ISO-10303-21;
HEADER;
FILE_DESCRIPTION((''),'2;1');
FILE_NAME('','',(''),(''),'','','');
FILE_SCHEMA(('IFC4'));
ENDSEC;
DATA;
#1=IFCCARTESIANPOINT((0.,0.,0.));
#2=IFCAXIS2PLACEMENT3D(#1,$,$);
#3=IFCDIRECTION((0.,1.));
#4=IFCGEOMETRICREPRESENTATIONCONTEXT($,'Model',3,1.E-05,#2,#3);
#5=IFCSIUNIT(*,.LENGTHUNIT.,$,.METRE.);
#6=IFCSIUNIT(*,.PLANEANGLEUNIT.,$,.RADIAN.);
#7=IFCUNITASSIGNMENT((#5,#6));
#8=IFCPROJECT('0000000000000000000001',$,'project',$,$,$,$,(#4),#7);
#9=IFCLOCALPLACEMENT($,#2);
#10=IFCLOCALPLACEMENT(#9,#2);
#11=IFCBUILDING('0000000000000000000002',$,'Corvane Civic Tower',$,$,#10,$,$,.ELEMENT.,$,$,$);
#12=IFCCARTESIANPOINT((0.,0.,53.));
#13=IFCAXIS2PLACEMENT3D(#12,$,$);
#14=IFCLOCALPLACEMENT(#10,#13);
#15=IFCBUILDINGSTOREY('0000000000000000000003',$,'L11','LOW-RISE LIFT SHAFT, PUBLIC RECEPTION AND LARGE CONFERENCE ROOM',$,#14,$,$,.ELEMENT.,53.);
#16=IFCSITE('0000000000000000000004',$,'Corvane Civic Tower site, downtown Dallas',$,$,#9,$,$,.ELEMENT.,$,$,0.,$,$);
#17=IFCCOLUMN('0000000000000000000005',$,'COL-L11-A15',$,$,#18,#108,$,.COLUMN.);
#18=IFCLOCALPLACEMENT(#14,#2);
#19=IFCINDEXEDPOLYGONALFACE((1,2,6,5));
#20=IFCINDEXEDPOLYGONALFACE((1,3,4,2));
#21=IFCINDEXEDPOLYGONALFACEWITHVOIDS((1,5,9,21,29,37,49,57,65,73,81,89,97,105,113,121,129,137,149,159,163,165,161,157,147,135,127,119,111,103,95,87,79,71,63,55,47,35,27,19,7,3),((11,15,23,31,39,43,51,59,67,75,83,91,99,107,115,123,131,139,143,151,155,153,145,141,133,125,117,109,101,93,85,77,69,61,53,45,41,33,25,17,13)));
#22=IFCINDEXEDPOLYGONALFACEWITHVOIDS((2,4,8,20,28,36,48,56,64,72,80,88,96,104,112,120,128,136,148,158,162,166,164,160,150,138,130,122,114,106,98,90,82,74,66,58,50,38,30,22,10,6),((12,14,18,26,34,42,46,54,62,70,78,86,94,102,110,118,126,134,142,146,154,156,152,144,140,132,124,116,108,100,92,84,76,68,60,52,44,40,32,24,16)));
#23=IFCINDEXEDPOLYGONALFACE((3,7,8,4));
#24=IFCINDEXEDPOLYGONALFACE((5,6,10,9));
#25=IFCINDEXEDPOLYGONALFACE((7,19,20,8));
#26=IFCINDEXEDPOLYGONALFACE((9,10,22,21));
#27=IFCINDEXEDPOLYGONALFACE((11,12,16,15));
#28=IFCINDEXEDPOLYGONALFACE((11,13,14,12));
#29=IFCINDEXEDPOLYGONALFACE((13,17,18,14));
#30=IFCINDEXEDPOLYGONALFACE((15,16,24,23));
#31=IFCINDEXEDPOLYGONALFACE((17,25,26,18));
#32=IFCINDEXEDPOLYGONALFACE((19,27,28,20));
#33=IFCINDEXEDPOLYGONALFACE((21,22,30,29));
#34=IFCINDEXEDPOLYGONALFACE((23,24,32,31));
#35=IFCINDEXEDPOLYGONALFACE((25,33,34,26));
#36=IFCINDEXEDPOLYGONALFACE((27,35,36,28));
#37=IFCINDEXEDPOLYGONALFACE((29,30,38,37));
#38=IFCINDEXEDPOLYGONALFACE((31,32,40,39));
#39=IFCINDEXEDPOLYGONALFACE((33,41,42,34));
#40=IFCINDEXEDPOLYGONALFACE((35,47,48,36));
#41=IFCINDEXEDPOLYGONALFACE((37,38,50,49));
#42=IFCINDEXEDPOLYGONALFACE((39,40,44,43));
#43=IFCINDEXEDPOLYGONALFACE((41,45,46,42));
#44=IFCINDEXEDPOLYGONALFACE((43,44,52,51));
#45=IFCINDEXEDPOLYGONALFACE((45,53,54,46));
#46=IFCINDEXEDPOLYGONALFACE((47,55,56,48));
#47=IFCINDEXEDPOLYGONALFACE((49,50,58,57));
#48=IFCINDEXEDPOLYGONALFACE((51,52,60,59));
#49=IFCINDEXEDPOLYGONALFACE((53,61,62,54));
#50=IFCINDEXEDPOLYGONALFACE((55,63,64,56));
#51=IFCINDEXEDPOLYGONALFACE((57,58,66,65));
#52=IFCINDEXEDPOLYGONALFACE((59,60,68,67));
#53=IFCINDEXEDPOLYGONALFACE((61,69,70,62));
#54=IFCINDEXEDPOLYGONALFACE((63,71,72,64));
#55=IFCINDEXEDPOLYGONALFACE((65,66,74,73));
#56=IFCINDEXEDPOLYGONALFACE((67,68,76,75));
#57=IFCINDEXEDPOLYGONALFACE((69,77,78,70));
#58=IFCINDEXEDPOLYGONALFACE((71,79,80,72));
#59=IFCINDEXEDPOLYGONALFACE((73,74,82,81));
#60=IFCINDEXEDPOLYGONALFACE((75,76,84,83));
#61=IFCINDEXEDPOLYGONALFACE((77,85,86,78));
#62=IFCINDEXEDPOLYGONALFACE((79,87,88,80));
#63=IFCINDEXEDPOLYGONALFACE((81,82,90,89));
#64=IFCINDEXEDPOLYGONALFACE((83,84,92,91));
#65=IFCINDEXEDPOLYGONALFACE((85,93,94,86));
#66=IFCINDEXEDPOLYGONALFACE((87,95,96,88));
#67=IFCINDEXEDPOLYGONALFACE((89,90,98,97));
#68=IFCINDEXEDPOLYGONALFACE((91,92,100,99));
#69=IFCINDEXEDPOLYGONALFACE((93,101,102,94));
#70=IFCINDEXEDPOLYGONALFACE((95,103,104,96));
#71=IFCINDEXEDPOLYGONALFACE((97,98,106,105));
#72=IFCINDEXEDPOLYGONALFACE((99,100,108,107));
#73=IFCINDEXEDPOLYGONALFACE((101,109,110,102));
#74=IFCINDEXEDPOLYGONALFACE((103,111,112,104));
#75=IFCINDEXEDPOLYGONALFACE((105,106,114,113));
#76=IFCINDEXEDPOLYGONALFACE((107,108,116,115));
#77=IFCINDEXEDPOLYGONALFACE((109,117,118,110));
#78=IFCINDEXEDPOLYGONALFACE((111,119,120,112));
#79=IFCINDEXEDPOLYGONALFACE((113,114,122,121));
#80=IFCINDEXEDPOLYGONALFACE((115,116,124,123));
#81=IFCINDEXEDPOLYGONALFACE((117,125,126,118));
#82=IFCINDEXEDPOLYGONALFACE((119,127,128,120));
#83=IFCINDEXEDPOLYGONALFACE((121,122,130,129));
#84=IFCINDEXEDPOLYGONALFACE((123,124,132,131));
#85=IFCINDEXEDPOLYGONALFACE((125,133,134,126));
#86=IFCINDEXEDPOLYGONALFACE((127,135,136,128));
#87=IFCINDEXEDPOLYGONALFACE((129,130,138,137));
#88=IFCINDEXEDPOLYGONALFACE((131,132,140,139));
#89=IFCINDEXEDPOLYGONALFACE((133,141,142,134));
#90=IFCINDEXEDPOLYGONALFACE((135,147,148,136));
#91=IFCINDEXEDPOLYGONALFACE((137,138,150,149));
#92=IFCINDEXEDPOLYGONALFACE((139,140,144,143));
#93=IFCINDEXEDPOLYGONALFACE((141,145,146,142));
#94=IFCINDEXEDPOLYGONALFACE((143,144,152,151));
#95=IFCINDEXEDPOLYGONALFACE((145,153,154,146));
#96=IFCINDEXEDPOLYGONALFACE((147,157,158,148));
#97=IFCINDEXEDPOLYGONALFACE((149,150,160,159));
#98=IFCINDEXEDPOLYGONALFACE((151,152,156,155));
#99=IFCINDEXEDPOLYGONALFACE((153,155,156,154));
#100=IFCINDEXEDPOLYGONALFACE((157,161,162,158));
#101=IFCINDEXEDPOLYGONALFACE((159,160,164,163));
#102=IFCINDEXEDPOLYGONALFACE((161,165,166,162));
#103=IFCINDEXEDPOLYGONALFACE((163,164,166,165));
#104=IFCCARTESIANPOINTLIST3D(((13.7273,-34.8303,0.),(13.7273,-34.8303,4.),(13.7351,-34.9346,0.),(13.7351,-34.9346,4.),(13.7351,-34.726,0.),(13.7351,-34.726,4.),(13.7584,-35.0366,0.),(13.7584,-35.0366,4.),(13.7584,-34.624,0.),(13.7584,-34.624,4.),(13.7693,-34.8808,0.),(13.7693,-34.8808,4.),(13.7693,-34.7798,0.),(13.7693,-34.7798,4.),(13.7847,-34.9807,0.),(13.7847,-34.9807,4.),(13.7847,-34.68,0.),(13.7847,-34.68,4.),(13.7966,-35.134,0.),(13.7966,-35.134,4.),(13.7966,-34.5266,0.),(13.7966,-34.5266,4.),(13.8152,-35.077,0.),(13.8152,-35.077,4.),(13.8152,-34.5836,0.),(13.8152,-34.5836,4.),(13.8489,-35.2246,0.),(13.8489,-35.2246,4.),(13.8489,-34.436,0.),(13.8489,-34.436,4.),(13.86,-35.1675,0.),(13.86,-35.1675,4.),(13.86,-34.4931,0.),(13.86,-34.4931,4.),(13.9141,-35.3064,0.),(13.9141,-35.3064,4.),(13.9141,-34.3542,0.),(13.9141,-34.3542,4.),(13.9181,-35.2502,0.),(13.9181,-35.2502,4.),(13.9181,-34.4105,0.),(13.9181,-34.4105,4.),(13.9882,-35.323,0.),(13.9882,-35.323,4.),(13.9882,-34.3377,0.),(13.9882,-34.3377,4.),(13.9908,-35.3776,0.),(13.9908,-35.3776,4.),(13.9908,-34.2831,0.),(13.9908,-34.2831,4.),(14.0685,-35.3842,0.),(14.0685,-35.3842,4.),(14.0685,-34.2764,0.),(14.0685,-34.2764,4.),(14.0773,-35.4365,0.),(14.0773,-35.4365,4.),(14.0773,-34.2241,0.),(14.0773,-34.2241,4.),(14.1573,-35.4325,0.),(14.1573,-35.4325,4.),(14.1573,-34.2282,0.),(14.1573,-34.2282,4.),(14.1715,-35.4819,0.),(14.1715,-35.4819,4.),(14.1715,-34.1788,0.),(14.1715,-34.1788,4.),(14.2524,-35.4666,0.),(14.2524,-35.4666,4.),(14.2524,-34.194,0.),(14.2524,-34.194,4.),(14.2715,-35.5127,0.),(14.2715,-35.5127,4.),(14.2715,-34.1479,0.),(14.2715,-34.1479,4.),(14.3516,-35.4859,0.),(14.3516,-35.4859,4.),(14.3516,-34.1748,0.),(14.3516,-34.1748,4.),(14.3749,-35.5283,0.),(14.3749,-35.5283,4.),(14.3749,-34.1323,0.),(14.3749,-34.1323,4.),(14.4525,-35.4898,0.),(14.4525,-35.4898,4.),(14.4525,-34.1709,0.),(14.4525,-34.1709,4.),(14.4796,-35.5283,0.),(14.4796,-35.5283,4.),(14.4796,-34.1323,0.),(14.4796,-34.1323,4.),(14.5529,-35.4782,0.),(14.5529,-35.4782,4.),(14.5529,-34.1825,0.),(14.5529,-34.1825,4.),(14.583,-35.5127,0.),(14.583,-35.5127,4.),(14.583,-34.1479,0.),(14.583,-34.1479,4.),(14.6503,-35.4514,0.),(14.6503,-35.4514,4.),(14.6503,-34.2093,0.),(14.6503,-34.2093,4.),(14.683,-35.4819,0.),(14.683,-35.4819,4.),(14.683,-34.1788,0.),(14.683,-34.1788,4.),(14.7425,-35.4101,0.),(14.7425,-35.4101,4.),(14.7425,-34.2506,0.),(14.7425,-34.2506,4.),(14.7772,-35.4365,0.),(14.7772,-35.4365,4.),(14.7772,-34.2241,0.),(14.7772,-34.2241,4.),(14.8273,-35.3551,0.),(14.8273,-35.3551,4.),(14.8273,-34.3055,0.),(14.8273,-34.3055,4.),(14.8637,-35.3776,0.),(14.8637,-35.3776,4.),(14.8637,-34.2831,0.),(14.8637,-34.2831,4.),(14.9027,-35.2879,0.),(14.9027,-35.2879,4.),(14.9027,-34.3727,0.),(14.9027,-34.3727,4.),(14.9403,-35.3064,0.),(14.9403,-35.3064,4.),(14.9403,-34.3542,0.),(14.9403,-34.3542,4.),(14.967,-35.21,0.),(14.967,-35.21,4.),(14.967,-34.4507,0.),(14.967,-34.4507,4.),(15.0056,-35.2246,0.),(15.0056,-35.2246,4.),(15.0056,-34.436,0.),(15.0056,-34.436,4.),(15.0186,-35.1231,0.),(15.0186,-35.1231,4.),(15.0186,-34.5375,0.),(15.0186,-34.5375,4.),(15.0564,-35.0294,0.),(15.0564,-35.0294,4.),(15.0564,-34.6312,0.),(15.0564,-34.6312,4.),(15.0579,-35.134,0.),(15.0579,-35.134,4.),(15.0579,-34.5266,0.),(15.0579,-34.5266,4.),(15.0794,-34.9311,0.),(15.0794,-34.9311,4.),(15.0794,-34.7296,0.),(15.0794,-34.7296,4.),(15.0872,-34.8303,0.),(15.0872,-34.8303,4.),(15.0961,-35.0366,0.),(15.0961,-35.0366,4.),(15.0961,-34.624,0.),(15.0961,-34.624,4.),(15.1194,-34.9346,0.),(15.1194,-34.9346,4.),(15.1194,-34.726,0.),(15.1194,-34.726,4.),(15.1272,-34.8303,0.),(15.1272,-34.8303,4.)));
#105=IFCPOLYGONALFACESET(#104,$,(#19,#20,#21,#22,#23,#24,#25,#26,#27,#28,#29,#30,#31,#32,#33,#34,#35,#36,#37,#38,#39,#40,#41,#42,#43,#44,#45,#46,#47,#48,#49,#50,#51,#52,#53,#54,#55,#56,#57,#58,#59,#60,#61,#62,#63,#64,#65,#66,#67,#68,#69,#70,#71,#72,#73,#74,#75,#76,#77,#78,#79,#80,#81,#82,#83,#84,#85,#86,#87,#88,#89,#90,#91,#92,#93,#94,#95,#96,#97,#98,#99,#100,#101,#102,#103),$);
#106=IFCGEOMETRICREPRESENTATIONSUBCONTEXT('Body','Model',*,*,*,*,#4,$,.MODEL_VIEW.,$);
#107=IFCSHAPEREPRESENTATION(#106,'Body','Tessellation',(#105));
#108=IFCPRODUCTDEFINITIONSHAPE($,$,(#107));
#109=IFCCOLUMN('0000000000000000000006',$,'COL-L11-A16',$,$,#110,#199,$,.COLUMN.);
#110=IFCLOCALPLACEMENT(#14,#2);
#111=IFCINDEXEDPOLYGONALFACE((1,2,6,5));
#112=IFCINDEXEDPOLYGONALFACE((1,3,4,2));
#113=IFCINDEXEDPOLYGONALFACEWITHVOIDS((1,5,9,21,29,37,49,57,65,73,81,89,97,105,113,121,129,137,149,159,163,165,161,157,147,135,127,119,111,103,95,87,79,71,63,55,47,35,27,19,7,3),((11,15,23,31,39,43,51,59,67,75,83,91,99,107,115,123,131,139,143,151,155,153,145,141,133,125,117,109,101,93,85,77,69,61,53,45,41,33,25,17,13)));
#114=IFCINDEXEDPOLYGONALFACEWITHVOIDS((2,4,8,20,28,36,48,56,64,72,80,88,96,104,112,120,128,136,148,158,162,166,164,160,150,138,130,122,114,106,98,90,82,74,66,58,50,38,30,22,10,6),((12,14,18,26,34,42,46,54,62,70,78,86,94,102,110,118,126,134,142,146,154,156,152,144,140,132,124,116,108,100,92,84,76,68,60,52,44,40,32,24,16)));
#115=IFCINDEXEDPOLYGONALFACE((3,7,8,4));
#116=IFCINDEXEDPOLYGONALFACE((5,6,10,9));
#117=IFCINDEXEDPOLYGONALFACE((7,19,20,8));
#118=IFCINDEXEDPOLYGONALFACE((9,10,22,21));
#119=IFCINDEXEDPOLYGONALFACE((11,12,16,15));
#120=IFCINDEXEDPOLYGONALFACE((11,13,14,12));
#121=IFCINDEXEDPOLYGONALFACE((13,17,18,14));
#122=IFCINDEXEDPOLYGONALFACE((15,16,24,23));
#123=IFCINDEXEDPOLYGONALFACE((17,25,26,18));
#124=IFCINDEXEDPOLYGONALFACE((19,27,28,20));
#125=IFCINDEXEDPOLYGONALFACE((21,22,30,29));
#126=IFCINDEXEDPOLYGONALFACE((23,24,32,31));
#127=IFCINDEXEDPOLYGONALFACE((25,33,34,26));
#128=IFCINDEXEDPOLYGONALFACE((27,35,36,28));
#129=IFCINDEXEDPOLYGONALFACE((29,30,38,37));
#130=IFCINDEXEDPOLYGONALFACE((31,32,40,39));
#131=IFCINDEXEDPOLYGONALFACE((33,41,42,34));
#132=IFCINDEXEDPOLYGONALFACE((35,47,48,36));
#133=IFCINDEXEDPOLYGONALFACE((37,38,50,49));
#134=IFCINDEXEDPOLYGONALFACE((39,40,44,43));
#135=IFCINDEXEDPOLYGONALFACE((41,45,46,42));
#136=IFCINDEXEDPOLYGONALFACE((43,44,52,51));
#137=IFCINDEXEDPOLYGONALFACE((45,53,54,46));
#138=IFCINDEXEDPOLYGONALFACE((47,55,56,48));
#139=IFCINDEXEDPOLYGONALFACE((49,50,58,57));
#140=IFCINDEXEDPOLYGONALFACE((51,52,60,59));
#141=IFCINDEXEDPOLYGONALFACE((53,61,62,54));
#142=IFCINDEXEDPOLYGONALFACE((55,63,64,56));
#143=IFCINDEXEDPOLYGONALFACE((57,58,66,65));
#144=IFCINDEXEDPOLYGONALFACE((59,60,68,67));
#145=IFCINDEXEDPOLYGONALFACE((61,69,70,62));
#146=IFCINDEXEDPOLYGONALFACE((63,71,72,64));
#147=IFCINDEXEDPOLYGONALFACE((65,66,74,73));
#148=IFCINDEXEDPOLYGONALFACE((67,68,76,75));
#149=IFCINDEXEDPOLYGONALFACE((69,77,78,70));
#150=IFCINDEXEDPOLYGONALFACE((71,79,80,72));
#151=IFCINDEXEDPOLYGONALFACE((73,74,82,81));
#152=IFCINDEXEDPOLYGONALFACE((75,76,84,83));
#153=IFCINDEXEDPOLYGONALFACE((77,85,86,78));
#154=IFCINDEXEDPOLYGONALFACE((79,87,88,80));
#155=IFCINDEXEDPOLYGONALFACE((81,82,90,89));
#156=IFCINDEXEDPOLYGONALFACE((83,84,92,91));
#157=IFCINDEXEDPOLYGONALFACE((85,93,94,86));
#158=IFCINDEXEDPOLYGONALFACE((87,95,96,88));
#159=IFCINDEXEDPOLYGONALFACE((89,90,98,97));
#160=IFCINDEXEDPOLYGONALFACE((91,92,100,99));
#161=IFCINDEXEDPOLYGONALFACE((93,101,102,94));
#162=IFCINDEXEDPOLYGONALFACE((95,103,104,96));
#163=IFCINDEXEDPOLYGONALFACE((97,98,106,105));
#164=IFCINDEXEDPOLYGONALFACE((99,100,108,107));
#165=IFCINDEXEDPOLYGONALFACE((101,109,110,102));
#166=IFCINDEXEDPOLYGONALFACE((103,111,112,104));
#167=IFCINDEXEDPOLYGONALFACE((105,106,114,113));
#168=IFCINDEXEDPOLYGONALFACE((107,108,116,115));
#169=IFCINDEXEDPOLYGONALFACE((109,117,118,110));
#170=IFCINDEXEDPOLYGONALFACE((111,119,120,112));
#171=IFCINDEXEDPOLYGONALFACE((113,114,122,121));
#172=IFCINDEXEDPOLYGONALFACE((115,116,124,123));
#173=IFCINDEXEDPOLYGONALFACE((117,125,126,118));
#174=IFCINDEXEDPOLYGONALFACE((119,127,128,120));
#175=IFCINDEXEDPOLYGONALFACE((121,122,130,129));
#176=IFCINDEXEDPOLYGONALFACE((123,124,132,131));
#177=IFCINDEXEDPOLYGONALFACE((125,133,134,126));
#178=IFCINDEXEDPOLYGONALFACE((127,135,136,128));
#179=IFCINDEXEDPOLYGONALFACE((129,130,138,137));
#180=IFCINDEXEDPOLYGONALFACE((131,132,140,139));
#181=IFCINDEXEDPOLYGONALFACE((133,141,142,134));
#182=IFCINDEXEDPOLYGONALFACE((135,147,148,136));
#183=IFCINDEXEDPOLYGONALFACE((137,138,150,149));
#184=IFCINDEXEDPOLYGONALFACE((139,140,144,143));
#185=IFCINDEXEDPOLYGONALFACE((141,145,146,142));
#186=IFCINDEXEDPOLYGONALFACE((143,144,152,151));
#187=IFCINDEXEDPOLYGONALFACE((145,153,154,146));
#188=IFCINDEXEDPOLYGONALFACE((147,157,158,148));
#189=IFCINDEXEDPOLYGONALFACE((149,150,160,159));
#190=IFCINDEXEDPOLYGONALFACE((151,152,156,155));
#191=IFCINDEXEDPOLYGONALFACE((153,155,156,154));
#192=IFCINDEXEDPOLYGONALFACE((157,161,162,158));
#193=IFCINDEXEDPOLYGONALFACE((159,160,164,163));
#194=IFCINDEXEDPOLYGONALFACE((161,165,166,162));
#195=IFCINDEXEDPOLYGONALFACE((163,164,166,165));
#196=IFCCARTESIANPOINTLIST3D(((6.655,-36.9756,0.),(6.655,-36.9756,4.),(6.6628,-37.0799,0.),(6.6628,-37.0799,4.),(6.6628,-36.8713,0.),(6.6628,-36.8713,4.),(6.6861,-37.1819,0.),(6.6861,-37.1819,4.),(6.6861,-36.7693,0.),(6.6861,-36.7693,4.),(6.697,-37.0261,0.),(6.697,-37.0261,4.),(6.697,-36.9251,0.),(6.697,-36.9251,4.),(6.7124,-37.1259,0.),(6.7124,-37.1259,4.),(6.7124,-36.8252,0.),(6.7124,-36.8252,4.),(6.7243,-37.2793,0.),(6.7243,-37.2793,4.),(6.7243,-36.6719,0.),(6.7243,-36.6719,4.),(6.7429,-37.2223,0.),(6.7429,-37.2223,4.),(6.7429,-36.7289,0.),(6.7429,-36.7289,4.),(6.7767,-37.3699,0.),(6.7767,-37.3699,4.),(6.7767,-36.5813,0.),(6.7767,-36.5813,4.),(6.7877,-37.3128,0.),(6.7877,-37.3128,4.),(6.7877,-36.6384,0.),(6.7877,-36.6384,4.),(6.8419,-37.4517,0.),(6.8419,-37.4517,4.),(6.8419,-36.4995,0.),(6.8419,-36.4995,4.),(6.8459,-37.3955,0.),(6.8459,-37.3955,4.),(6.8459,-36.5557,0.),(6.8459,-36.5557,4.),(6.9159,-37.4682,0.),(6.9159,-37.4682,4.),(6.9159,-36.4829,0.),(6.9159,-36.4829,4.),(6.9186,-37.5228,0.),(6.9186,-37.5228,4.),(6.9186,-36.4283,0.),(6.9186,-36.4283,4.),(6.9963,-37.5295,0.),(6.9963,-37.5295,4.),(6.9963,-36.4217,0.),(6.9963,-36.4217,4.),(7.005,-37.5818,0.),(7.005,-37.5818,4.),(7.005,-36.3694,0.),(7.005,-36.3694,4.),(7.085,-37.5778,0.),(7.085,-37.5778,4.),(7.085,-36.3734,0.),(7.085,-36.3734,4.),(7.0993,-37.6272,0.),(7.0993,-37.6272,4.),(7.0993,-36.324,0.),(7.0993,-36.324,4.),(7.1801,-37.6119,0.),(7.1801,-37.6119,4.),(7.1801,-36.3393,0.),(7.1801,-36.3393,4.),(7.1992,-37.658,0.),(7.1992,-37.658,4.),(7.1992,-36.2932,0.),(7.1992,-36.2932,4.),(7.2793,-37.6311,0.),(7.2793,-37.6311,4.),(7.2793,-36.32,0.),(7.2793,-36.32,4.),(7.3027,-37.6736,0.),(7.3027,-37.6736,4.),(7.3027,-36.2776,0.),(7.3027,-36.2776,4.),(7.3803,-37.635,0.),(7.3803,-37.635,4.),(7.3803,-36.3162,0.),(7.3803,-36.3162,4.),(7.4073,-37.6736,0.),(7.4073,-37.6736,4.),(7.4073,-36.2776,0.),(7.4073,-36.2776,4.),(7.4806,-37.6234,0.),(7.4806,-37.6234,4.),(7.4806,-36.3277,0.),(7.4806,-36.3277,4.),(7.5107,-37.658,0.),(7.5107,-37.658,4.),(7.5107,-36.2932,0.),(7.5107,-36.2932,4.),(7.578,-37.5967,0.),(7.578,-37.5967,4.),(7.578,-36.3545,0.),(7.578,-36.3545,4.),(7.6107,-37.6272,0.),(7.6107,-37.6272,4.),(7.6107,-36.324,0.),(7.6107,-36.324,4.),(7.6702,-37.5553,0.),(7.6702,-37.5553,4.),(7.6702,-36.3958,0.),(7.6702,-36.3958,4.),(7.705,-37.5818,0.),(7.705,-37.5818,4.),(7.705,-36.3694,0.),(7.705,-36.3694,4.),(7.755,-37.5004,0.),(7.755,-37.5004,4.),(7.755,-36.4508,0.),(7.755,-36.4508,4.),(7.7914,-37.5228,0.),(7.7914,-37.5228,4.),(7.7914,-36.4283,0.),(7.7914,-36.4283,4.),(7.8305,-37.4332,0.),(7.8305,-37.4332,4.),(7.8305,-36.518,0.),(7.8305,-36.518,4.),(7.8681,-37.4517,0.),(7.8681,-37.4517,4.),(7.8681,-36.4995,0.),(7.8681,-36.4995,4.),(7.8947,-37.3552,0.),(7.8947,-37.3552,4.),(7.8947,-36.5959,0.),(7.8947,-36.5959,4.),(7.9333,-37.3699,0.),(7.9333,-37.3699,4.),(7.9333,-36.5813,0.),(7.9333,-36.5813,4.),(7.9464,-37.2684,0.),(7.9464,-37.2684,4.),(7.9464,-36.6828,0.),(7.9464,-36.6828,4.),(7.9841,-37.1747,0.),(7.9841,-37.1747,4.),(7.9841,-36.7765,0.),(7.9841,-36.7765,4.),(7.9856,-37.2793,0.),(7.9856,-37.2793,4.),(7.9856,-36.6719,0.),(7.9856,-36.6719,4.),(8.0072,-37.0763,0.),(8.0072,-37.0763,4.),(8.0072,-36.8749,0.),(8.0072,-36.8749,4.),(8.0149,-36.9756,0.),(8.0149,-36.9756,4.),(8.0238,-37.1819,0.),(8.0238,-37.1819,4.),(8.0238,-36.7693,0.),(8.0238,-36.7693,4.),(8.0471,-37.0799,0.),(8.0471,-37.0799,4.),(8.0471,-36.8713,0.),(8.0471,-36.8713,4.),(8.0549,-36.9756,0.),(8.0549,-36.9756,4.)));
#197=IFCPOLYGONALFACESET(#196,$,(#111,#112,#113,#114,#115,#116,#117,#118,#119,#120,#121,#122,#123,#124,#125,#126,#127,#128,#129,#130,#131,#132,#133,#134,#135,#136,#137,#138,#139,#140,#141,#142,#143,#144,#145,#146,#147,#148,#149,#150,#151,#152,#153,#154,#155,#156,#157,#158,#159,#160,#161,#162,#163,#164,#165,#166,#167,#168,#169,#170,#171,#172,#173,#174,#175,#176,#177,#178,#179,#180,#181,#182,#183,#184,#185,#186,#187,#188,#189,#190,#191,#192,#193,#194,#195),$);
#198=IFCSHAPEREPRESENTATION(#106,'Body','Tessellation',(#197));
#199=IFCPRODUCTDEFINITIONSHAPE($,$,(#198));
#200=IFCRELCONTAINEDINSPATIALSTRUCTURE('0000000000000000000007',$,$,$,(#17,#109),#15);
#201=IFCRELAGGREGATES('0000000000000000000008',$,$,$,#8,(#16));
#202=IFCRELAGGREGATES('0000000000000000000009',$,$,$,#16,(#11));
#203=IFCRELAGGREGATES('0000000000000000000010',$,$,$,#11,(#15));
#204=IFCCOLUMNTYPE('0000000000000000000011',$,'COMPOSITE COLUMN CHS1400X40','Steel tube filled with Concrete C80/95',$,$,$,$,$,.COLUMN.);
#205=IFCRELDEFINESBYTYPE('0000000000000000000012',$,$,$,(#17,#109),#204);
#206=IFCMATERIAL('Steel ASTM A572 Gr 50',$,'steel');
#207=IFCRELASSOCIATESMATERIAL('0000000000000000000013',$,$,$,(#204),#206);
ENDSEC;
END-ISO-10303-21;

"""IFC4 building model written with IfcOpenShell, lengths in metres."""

from ifc_helpers import new_model, si_unit, direction, frame, origin, origin_2d, place, context, subcontext, project, spatial, hollow_circle, extrude, material, material_profile, profile_set, type_object, element, save


model = new_model("IFC4")

# Units and contexts
model_context = context("Model", 3, precision=1e-05, world=origin(), true_north=direction((0.0, 1.0)))
body_context = subcontext(model_context, "Body", "Model", "MODEL_VIEW")
ifc_project = project(units=[si_unit("LENGTHUNIT", "METRE"), si_unit("PLANEANGLEUNIT", "RADIAN")], contexts=[model_context])

# Site, building, storey
site_placement = place(None, origin())
site = spatial("IfcSite", under=ifc_project, at=site_placement, Name="Corvane Civic Tower site, downtown Dallas", CompositionType="ELEMENT", RefElevation=0.0)
building_placement = place(site_placement, origin())
building = spatial("IfcBuilding", under=site, at=building_placement, Name="Corvane Civic Tower", CompositionType="ELEMENT")
storey_placement = place(building_placement, frame((0.0, 0.0, 53.0)))
storey = spatial("IfcBuildingStorey", under=building, at=storey_placement, Name="L11", Description="LOW-RISE LIFT SHAFT, PUBLIC RECEPTION AND LARGE CONFERENCE ROOM", CompositionType="ELEMENT", Elevation=53.0)

# Columns
ifc_material_1 = material(Name="Steel ASTM A572 Gr 50", Category="steel")
ifc_material_profile_1 = material_profile(ifc_material_1, hollow_circle(Radius=0.7, WallThickness=0.04, at=origin_2d()), Name="CHS1400X40")
ifc_profile_set_1 = profile_set([ifc_material_profile_1], Name="Steel ASTM A572 Gr 50")
column_type = type_object("IfcColumnType", Name="COMPOSITE COLUMN CHS1400X40", Description="Steel tube filled with Concrete C80/95", PredefinedType="COLUMN", material=ifc_profile_set_1)
for number, where, z_axis, x_axis, name in (
    (1, (14.4272, -34.8303, 0.0), (0.0, 0.0, 1.0), (1.0, 0.0, 0.0), "COL-L11-A15"),
    (2, (7.355, -36.9756, 0.0), (0.0, 0.0, 1.0), (1.0, 0.0, 0.0), "COL-L11-A16"),
):
    element("IfcColumn", number, at=place(storey_placement, frame(where, z_axis=z_axis, x_axis=x_axis)), inside=storey, type_object=column_type, Name=name, PredefinedType="COLUMN", context=body_context, shape_type="SweptSolid", body=[
        extrude(hollow_circle(Radius=0.7, WallThickness=0.04, at=origin_2d()), origin(), (0.0, 0.0, 1.0), 4.0),
    ])

save(model, "model.ifc")
